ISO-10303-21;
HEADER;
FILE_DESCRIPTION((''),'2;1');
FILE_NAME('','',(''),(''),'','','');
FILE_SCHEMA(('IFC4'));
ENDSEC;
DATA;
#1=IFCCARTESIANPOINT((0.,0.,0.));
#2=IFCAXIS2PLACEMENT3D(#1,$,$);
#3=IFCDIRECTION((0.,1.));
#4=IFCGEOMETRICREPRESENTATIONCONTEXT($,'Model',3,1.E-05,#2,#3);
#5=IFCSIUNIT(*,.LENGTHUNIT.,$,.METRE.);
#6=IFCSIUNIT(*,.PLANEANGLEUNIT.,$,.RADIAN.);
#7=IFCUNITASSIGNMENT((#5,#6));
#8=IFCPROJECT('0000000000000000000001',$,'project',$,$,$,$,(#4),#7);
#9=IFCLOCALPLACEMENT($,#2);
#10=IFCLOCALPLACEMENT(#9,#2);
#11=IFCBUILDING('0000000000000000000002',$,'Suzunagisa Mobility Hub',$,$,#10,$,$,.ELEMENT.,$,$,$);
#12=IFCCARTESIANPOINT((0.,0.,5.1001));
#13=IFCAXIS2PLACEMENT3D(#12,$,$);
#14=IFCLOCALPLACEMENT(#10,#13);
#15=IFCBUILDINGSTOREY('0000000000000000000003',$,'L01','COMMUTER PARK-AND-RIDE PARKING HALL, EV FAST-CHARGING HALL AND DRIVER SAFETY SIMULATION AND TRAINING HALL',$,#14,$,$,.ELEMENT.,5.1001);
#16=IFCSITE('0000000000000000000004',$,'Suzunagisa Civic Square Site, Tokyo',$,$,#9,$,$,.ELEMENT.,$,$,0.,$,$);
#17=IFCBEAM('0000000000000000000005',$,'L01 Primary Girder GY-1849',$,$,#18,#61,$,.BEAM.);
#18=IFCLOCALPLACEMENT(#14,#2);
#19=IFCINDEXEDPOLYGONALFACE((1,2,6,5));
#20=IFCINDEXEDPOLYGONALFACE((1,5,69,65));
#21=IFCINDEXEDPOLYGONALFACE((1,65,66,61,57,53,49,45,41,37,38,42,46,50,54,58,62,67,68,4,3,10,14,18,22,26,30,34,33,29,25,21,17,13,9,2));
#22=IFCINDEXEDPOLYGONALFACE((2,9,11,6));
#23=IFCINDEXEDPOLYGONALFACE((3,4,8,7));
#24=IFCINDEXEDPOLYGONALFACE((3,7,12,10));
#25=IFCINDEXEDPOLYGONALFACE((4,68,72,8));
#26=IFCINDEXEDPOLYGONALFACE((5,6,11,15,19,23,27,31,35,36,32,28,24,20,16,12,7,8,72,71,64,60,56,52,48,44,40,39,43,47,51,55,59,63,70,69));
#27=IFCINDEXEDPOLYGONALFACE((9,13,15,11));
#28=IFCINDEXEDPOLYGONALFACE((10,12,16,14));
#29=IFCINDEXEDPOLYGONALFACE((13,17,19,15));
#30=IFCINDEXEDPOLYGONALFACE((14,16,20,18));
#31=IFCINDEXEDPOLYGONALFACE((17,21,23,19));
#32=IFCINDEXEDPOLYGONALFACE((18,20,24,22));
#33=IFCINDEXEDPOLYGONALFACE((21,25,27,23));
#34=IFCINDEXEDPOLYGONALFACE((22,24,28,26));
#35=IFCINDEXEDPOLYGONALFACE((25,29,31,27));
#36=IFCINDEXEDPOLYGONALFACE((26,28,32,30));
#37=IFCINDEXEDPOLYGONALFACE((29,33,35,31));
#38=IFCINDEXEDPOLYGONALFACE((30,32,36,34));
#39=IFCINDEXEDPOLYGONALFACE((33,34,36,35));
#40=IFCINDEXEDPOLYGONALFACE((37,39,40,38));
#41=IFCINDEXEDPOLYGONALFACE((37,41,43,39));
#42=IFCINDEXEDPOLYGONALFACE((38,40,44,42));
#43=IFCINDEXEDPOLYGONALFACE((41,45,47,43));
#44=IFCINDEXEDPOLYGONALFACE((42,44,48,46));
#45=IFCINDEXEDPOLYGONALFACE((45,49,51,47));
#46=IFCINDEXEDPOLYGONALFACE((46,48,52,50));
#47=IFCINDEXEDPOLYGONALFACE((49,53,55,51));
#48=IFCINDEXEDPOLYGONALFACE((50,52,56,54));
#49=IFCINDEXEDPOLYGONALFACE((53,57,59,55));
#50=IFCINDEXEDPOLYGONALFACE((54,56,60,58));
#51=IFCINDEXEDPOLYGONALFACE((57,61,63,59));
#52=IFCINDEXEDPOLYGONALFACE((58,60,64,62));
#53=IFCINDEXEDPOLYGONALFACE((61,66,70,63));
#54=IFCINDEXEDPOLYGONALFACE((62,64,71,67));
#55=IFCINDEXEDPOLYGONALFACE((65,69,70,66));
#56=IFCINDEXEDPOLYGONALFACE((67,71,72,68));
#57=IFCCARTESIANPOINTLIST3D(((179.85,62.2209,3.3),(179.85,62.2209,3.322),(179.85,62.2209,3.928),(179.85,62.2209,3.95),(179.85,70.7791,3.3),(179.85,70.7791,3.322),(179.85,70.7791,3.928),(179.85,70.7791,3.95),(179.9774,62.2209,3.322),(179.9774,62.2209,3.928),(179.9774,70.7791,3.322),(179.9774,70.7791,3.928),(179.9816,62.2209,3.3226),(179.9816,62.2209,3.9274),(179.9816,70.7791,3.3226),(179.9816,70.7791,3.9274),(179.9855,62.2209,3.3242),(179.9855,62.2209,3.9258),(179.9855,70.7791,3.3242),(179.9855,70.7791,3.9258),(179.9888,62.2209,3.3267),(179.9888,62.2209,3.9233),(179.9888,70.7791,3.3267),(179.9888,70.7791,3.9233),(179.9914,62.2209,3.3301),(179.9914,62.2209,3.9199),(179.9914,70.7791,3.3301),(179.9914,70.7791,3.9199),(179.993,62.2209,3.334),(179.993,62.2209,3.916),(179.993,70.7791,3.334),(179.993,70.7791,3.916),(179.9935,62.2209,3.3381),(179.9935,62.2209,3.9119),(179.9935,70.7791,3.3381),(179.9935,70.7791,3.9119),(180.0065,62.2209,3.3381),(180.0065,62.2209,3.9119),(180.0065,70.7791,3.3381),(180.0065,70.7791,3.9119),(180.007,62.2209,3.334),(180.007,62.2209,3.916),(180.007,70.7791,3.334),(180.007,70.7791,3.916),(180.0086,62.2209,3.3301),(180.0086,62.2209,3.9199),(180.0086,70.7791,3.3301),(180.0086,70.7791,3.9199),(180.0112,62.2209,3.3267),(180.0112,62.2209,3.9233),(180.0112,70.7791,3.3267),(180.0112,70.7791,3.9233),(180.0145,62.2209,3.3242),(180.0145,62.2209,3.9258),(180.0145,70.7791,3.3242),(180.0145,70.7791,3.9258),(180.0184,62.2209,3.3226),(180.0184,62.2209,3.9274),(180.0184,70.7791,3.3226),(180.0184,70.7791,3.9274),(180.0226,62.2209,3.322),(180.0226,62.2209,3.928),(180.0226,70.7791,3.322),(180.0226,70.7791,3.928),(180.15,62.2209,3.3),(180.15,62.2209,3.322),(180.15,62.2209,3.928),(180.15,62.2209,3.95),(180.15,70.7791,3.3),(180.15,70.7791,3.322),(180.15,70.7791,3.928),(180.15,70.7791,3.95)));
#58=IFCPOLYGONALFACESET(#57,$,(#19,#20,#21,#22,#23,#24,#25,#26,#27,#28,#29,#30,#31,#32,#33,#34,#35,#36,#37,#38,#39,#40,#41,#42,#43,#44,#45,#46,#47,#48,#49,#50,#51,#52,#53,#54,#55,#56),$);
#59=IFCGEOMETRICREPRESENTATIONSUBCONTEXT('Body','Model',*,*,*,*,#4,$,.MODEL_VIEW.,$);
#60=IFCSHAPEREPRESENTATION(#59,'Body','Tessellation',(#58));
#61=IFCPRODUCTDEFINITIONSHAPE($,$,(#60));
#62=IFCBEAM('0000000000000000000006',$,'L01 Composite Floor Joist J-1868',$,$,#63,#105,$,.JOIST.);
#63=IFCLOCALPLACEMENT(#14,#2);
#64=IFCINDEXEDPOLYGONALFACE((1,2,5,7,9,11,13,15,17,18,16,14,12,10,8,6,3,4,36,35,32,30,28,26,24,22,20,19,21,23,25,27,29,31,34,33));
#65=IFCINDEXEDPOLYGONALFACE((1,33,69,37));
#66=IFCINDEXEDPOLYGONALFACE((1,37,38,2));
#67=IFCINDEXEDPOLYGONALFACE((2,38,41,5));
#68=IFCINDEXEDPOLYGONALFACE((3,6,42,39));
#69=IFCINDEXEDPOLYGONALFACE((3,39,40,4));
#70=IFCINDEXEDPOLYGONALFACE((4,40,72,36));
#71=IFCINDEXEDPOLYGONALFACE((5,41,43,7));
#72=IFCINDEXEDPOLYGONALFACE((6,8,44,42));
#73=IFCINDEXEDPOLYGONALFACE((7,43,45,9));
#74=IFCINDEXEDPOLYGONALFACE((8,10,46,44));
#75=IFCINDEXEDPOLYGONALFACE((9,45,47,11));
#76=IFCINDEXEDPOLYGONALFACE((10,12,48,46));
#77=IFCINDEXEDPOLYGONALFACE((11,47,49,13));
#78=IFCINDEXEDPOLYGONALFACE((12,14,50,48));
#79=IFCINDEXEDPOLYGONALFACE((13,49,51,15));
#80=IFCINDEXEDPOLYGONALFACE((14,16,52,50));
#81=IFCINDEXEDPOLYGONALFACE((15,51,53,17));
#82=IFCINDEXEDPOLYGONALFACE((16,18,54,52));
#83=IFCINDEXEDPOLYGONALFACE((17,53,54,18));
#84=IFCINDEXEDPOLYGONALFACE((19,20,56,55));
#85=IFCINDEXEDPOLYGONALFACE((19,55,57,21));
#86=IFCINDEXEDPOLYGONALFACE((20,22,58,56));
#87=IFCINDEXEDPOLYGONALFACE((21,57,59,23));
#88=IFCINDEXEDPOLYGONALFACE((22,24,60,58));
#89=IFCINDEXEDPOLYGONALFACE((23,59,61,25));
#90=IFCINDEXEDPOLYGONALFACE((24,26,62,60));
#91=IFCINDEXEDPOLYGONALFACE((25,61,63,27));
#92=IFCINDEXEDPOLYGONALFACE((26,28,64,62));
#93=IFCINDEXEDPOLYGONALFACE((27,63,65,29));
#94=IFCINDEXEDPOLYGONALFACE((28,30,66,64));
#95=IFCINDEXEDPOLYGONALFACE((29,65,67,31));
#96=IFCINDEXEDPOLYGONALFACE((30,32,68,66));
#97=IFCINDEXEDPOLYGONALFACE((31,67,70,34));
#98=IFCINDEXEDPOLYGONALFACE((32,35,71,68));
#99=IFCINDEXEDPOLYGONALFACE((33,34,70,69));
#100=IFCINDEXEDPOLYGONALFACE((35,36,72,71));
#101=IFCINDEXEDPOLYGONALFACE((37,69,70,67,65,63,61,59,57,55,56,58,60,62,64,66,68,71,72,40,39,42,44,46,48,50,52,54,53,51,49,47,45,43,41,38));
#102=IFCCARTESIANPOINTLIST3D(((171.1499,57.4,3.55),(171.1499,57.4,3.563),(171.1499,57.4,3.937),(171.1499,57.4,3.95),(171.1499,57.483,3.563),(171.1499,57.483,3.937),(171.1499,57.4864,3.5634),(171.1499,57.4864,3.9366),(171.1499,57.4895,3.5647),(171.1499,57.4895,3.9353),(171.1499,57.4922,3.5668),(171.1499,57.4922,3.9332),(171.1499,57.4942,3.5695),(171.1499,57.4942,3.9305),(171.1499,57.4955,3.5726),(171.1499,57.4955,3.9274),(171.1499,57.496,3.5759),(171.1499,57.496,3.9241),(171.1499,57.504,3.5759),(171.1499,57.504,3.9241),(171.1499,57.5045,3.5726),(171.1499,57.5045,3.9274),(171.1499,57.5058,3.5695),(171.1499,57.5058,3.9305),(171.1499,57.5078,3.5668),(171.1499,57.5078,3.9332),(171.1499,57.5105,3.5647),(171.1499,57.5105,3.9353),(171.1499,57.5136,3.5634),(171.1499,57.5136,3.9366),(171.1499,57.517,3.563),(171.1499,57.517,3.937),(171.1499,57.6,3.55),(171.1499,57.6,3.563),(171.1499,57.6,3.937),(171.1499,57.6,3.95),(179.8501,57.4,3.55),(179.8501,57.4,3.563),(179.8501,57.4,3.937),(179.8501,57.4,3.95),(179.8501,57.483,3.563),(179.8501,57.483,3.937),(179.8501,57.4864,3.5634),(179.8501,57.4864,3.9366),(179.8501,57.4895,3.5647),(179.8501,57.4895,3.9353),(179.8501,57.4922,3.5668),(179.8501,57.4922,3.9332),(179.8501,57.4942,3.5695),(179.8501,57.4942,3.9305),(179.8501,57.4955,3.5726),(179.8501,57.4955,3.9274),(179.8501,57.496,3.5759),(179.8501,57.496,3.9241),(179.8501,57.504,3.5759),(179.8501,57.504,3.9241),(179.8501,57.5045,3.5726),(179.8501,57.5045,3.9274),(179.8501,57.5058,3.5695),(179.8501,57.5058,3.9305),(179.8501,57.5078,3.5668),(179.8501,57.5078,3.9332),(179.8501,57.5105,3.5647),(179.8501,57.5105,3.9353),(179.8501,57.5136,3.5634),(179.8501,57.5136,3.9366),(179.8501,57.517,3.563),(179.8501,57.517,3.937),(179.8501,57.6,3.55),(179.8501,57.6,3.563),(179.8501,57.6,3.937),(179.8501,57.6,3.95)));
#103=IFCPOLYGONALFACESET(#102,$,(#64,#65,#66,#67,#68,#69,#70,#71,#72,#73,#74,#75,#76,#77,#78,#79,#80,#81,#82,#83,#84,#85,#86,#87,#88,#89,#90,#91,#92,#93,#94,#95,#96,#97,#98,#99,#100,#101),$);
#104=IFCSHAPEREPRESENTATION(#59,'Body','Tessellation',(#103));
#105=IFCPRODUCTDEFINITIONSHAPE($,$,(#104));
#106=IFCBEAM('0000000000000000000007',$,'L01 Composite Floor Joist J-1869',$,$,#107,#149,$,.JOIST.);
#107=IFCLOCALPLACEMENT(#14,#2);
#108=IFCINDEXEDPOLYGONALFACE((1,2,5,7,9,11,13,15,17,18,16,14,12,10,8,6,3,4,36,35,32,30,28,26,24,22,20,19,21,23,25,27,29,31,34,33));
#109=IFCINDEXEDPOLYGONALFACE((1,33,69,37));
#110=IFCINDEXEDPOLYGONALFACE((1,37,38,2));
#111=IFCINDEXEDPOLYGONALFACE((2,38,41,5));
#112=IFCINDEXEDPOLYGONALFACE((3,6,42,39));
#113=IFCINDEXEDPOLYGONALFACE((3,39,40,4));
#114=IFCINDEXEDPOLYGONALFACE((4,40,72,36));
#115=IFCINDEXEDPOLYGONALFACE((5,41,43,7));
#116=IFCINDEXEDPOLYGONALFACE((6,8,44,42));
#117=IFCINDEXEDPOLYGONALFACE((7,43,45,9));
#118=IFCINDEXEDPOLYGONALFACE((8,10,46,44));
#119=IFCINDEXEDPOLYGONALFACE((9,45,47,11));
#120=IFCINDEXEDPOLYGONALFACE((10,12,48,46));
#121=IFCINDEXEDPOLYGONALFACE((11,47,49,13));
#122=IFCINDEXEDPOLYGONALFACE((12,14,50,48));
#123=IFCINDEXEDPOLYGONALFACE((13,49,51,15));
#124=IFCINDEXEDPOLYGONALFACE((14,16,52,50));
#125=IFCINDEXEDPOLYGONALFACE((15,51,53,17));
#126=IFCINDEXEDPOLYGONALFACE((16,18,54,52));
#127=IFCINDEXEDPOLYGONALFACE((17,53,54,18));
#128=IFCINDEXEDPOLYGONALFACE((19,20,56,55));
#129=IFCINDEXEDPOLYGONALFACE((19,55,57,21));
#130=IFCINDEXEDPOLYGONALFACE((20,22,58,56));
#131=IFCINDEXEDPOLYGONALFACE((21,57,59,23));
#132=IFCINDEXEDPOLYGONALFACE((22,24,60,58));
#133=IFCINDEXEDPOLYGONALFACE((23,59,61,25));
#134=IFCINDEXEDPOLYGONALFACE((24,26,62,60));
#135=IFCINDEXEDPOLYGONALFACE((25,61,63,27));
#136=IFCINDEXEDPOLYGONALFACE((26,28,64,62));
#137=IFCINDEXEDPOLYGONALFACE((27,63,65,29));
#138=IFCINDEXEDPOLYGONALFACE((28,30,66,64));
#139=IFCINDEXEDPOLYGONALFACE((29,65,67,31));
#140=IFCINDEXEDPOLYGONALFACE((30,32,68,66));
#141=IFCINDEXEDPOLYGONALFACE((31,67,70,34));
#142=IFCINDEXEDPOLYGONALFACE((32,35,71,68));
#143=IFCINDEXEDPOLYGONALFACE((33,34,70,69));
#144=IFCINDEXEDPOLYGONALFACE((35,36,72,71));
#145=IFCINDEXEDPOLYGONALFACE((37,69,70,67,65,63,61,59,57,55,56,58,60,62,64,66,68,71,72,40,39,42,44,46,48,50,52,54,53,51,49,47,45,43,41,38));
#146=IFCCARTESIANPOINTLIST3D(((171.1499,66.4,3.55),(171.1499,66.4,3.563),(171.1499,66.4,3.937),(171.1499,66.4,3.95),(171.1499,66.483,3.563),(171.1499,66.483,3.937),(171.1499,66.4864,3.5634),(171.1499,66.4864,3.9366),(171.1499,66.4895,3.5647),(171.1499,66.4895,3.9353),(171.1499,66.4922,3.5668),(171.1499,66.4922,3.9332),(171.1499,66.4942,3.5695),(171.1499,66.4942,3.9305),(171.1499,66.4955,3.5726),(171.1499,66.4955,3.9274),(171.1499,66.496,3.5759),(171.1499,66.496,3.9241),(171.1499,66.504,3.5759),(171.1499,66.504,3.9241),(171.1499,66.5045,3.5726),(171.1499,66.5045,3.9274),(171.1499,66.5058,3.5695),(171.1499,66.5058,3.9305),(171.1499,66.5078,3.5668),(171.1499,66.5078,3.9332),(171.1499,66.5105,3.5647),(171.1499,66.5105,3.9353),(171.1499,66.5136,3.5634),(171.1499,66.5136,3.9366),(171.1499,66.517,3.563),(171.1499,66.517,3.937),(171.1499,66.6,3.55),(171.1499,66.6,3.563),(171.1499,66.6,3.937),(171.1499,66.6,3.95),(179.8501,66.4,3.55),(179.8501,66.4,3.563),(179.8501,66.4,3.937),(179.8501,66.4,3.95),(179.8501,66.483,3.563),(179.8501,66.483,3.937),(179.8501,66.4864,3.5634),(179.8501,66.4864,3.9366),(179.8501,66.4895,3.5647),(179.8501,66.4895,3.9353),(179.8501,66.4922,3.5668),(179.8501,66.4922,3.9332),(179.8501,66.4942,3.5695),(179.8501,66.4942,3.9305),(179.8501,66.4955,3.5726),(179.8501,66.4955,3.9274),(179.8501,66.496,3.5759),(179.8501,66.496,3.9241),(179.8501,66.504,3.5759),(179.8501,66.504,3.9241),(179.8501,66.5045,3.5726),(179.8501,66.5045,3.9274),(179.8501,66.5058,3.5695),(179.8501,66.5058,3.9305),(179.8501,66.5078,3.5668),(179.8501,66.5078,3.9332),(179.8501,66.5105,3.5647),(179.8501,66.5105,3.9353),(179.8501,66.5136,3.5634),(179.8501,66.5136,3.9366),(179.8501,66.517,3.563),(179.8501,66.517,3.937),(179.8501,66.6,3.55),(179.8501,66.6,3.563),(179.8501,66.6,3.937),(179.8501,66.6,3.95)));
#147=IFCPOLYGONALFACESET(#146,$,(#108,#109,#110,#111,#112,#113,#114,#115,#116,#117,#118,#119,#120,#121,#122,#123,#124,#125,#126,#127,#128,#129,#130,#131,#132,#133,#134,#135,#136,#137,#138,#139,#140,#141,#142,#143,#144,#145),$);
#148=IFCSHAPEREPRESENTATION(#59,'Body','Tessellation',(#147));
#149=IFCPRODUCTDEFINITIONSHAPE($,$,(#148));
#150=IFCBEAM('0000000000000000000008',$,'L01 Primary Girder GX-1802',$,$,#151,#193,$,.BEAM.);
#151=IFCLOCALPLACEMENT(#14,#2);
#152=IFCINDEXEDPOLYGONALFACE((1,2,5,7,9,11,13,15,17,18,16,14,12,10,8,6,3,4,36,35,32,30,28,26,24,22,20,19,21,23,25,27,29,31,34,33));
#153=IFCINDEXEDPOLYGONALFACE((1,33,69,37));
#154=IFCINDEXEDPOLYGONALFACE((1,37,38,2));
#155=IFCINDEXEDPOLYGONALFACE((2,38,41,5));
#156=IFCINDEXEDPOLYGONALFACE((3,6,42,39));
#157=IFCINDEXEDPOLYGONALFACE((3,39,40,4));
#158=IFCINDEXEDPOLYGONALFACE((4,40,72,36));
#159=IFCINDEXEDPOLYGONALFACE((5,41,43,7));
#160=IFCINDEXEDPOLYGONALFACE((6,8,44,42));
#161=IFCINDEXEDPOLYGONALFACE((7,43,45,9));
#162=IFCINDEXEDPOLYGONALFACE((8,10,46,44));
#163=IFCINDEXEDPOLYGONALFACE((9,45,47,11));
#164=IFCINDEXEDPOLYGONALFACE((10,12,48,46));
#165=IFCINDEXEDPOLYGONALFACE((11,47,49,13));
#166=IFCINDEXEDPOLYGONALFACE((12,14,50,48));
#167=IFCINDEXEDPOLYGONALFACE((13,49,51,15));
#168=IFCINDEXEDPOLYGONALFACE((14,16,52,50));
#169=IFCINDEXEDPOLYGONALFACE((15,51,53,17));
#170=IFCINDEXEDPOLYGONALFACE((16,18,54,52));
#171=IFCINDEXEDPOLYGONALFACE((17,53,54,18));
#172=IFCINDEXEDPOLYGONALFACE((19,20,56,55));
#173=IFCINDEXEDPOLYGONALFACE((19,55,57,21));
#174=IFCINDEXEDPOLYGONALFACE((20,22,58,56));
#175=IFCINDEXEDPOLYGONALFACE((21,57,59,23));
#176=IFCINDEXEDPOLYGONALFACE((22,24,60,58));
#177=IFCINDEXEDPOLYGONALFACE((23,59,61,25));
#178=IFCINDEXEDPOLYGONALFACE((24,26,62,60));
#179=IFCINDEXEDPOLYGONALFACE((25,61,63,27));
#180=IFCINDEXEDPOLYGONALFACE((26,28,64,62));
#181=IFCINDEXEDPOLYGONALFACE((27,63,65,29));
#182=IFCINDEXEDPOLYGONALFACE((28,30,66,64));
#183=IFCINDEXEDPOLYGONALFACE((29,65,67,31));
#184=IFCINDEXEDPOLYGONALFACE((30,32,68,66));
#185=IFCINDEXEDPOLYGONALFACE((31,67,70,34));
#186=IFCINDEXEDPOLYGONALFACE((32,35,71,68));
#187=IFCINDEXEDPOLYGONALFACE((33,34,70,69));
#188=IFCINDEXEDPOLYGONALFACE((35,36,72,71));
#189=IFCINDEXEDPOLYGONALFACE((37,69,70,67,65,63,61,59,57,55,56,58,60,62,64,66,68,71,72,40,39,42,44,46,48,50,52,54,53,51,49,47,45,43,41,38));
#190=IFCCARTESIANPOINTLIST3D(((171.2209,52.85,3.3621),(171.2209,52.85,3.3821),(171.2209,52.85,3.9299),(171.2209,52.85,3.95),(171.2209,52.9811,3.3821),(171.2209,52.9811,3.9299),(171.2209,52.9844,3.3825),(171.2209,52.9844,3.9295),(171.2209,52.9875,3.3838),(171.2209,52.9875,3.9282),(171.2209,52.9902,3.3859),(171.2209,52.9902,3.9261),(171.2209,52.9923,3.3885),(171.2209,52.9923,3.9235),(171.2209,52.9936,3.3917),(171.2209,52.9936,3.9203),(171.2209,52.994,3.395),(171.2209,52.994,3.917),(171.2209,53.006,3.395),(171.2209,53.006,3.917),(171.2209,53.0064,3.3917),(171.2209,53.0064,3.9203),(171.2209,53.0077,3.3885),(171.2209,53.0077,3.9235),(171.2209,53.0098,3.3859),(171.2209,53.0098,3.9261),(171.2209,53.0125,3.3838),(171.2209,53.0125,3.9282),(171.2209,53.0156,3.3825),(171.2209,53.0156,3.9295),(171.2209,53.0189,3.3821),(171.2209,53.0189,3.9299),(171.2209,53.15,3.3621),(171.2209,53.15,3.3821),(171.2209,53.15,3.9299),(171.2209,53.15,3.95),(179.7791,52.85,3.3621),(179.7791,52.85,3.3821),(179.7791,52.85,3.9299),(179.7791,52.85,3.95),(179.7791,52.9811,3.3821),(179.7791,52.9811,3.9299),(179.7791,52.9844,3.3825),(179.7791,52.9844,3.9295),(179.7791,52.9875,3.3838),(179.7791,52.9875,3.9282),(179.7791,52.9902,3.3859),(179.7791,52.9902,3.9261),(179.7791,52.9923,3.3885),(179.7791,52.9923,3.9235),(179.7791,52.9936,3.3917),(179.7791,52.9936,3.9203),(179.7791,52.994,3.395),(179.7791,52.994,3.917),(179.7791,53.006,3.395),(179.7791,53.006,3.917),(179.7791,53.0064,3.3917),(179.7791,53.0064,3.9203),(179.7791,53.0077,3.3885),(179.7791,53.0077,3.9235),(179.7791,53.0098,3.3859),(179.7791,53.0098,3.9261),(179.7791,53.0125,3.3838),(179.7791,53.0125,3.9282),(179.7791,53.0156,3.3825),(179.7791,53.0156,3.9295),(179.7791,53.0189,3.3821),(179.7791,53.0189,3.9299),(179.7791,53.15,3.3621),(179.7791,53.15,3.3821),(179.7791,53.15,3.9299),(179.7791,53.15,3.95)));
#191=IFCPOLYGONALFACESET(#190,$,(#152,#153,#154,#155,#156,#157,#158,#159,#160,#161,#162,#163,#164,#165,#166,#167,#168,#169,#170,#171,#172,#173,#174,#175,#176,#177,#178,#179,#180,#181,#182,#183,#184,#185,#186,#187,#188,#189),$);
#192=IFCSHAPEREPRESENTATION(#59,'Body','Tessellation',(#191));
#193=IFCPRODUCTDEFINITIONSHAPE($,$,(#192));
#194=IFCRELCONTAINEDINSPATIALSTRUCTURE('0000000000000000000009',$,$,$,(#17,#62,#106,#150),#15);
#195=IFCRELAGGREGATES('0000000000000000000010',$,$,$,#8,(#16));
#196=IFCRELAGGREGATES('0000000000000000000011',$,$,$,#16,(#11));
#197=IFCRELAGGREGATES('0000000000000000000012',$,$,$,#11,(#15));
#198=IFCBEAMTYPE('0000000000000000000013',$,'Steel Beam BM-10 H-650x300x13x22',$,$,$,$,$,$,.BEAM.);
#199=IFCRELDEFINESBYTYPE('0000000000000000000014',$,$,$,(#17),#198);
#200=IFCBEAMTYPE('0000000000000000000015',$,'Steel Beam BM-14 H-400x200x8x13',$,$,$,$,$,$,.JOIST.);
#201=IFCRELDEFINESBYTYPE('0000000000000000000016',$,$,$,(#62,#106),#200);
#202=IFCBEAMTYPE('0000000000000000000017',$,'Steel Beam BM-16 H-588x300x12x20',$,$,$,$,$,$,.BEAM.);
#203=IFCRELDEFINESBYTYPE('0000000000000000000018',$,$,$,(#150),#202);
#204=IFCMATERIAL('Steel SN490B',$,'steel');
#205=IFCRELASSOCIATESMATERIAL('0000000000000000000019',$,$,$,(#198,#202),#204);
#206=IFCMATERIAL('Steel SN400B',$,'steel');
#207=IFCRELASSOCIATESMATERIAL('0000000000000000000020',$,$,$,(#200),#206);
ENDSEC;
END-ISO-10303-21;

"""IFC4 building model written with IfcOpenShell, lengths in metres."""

from ifc_helpers import new_model, si_unit, direction, frame, origin, origin_2d, place, context, subcontext, project, spatial, i_section, extrude, material, material_profile, profile_set, type_object, element, save


model = new_model("IFC4")

# Units and contexts
model_context = context("Model", 3, precision=1e-05, world=origin(), true_north=direction((0.0, 1.0)))
body_context = subcontext(model_context, "Body", "Model", "MODEL_VIEW")
ifc_project = project(units=[si_unit("LENGTHUNIT", "METRE"), si_unit("PLANEANGLEUNIT", "RADIAN")], contexts=[model_context])

# Site, building, storey
site_placement = place(None, origin())
site = spatial("IfcSite", under=ifc_project, at=site_placement, Name="Suzunagisa Civic Square Site, Tokyo", CompositionType="ELEMENT", RefElevation=0.0)
building_placement = place(site_placement, origin())
building = spatial("IfcBuilding", under=site, at=building_placement, Name="Suzunagisa Mobility Hub", CompositionType="ELEMENT")
storey_placement = place(building_placement, frame((0.0, 0.0, 5.1001)))
storey = spatial("IfcBuildingStorey", under=building, at=storey_placement, Name="L01", Description="COMMUTER PARK-AND-RIDE PARKING HALL, EV FAST-CHARGING HALL AND DRIVER SAFETY SIMULATION AND TRAINING HALL", CompositionType="ELEMENT", Elevation=5.1001)

# Shared definitions
ifc_material_1 = material(Name="Steel SN490B", Category="steel")

# Beams
ifc_material_profile_1 = material_profile(ifc_material_1, i_section(OverallWidth=0.3, OverallDepth=0.6499, WebThickness=0.0129, FlangeThickness=0.022, FilletRadius=0.0161, at=origin_2d()), Name="H-650x300x13x22")
ifc_profile_set_1 = profile_set([ifc_material_profile_1], Name="Steel SN490B")
beam_type_1 = type_object("IfcBeamType", Name="Steel Beam BM-10 H-650x300x13x22", PredefinedType="BEAM", material=ifc_profile_set_1)
for number, where, z_axis, x_axis, name in (
    (1, (180.0, 62.2209, 3.625), (0.0, 1.0, 0.0), (-1.0, 0.0, 0.0), "L01 Primary Girder GY-1849"),
):
    element("IfcBeam", number, at=place(storey_placement, frame(where, z_axis=z_axis, x_axis=x_axis)), inside=storey, type_object=beam_type_1, Name=name, PredefinedType="BEAM", context=body_context, shape_type="SweptSolid", body=[
        extrude(i_section(OverallWidth=0.3, OverallDepth=0.6499, WebThickness=0.0129, FlangeThickness=0.022, FilletRadius=0.0161, at=origin_2d()), origin(), (0.0, 0.0, 1.0), 8.5581),
    ])
ifc_material_2 = material(Name="Steel SN400B", Category="steel")
ifc_material_profile_2 = material_profile(ifc_material_2, i_section(OverallWidth=0.2, OverallDepth=0.3999, WebThickness=0.0081, FlangeThickness=0.0129, FilletRadius=0.0129, at=origin_2d()), Name="H-400x200x8x13")
ifc_profile_set_2 = profile_set([ifc_material_profile_2], Name="Steel SN400B")
beam_type_2 = type_object("IfcBeamType", Name="Steel Beam BM-14 H-400x200x8x13", PredefinedType="JOIST", material=ifc_profile_set_2)
for number, where, z_axis, x_axis, name in (
    (2, (171.1499, 57.5, 3.75), (1.0, 0.0, 0.0), (0.0, 1.0, 0.0), "L01 Composite Floor Joist J-1868"),
    (3, (171.1499, 66.5, 3.75), (1.0, 0.0, 0.0), (0.0, 1.0, 0.0), "L01 Composite Floor Joist J-1869"),
):
    element("IfcBeam", number, at=place(storey_placement, frame(where, z_axis=z_axis, x_axis=x_axis)), inside=storey, type_object=beam_type_2, Name=name, PredefinedType="JOIST", context=body_context, shape_type="SweptSolid", body=[
        extrude(i_section(OverallWidth=0.2, OverallDepth=0.3999, WebThickness=0.0081, FlangeThickness=0.0129, FilletRadius=0.0129, at=origin_2d()), origin(), (0.0, 0.0, 1.0), 8.7002),
    ])
ifc_material_profile_3 = material_profile(ifc_material_1, i_section(OverallWidth=0.3, OverallDepth=0.5879, WebThickness=0.012, FlangeThickness=0.02, FilletRadius=0.0129, at=origin_2d()), Name="H-588x300x12x20")
ifc_profile_set_3 = profile_set([ifc_material_profile_3], Name="Steel SN490B")
beam_type_3 = type_object("IfcBeamType", Name="Steel Beam BM-16 H-588x300x12x20", PredefinedType="BEAM", material=ifc_profile_set_3)
for number, where, z_axis, x_axis, name in (
    (4, (171.2209, 53.0, 3.656), (1.0, 0.0, 0.0), (0.0, 1.0, 0.0), "L01 Primary Girder GX-1802"),
):
    element("IfcBeam", number, at=place(storey_placement, frame(where, z_axis=z_axis, x_axis=x_axis)), inside=storey, type_object=beam_type_3, Name=name, PredefinedType="BEAM", context=body_context, shape_type="SweptSolid", body=[
        extrude(i_section(OverallWidth=0.3, OverallDepth=0.5879, WebThickness=0.012, FlangeThickness=0.02, FilletRadius=0.0129, at=origin_2d()), origin(), (0.0, 0.0, 1.0), 8.5581),
    ])

save(model, "model.ifc")
